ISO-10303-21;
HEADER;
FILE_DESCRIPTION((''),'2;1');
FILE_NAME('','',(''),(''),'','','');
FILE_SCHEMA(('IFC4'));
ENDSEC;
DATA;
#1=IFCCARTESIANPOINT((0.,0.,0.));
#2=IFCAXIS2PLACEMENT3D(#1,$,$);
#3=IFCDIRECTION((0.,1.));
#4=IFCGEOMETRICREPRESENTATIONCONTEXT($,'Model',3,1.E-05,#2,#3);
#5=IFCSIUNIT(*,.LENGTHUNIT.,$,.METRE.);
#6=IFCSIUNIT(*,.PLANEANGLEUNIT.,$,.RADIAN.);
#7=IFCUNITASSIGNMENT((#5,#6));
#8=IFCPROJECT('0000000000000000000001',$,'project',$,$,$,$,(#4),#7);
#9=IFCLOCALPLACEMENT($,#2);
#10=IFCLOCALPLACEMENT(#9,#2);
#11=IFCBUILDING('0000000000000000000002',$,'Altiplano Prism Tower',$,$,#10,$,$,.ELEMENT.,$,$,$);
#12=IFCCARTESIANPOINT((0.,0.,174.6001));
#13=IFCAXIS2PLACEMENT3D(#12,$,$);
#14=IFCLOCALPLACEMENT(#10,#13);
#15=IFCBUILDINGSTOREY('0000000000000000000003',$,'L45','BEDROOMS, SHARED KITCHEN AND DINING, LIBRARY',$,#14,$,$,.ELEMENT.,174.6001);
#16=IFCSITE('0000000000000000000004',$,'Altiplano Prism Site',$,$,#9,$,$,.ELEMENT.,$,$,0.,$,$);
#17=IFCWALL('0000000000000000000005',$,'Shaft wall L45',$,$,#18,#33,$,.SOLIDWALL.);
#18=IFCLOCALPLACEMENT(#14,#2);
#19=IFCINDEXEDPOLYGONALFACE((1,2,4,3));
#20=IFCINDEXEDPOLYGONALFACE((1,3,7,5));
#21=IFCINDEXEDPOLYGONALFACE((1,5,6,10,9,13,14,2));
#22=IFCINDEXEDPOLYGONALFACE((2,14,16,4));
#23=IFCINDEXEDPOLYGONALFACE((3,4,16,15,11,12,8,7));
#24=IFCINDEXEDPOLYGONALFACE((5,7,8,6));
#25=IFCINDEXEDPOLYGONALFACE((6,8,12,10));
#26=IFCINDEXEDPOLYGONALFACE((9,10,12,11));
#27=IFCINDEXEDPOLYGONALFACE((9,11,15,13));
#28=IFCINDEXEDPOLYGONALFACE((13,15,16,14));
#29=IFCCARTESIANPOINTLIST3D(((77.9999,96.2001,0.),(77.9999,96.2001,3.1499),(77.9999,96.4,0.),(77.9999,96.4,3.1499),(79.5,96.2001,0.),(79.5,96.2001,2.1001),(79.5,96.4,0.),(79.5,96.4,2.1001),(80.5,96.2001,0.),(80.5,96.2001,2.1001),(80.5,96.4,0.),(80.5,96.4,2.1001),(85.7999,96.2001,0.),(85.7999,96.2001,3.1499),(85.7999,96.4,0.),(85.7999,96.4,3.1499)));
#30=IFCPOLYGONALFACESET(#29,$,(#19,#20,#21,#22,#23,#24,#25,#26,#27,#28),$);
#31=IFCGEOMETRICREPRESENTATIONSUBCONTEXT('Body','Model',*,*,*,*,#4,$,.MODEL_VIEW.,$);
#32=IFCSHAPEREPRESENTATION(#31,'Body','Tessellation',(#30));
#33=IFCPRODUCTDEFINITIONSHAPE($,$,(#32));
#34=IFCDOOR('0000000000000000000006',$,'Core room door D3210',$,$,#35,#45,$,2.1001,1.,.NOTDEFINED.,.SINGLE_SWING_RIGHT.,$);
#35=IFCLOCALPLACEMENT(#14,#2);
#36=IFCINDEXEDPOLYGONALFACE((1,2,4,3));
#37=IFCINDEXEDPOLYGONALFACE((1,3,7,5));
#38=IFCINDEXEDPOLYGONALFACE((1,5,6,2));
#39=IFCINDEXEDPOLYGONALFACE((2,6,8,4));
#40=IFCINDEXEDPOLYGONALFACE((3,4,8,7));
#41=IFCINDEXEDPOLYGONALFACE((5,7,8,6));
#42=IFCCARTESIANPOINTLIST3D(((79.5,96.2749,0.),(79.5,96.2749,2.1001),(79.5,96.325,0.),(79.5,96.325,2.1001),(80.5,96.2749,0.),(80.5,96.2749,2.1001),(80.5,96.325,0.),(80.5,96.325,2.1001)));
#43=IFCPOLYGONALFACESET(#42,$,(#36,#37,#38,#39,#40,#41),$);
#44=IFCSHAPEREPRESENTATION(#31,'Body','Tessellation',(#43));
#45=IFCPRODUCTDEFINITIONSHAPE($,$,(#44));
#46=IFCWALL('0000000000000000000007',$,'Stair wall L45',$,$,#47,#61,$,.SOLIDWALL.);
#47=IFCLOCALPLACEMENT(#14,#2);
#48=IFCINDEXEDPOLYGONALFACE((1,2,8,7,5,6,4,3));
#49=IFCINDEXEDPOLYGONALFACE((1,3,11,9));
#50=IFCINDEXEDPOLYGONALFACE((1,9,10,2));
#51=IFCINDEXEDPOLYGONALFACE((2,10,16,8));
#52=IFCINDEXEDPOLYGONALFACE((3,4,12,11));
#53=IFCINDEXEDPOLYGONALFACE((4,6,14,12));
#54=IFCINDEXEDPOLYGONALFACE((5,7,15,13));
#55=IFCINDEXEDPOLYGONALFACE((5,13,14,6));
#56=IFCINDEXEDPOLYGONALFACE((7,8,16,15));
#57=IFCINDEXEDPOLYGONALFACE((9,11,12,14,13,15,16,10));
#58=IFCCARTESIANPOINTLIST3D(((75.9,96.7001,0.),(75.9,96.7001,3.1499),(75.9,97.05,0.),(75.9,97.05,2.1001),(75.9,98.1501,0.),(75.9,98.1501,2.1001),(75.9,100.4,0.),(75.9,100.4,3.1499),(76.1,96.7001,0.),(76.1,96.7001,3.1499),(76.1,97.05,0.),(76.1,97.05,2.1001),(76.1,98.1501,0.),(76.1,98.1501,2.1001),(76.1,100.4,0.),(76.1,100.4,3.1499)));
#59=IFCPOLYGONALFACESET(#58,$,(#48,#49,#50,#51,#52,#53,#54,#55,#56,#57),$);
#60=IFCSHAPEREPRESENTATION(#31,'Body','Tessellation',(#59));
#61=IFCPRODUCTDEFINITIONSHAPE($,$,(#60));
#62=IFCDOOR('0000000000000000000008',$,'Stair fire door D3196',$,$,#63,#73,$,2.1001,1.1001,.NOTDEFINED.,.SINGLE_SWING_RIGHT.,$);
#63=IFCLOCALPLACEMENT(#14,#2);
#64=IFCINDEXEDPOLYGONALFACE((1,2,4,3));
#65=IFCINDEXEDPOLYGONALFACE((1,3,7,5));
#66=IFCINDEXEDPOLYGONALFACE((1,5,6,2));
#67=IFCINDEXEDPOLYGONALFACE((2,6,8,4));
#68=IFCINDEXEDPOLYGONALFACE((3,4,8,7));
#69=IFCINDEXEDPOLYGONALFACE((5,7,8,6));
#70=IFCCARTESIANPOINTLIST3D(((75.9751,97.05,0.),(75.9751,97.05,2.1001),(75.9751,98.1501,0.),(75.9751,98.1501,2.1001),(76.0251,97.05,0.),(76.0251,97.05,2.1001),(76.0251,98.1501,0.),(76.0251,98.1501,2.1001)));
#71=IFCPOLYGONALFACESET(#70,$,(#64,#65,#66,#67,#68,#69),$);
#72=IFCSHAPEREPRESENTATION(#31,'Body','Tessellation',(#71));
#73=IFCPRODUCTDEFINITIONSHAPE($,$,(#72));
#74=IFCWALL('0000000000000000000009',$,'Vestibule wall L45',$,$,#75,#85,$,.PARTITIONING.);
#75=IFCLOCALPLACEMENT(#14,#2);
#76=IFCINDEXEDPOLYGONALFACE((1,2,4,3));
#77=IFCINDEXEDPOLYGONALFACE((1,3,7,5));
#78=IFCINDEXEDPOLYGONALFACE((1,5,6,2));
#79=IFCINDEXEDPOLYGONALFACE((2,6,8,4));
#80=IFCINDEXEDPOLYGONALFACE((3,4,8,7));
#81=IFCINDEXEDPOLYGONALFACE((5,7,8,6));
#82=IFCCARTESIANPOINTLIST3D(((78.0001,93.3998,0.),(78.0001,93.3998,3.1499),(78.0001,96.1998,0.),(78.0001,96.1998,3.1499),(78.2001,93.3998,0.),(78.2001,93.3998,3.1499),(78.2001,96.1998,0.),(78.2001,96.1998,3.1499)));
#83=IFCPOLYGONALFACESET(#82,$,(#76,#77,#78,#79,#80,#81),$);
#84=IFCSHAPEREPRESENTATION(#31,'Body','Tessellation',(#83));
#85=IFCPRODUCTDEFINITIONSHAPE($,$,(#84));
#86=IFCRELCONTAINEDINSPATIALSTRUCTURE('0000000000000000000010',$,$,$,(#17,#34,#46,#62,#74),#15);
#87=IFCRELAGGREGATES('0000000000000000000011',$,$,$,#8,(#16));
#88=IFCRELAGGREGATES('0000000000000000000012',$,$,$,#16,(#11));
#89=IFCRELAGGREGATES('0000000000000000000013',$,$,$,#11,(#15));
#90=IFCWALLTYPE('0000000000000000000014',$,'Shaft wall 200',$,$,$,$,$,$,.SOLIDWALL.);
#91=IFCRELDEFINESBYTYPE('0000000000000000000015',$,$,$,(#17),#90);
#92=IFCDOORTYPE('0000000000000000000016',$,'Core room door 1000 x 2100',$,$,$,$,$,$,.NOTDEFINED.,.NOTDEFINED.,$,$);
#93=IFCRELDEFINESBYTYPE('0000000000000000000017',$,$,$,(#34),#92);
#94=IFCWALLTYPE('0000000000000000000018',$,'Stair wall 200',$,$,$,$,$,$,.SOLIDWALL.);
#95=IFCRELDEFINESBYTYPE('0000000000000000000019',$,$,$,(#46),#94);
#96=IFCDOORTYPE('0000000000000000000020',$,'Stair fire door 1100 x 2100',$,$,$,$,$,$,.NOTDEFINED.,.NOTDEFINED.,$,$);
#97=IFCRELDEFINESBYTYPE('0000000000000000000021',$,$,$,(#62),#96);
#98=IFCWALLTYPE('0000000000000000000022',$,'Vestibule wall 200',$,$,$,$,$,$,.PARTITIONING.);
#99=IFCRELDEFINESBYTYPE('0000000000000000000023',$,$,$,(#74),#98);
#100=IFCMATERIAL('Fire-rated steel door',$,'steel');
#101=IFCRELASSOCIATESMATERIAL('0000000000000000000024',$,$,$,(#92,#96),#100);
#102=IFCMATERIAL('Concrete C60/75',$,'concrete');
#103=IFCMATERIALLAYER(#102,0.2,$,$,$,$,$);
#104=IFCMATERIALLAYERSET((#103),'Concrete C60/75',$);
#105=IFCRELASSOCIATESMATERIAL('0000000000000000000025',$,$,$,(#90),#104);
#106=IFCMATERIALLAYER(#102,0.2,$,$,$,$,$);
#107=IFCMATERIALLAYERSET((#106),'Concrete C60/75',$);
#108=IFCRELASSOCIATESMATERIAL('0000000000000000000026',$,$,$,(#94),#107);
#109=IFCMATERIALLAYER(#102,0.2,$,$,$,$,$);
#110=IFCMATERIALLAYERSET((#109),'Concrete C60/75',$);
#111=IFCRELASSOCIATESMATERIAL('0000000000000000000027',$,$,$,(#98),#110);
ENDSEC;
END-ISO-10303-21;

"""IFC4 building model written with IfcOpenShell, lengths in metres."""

from ifc_helpers import new_model, si_unit, direction, frame, frame_2d, origin, place, context, subcontext, project, spatial, rectangle, extrude, material, layer, layer_set, type_object, element, fill, save


model = new_model("IFC4")

# Units and contexts
model_context = context("Model", 3, precision=1e-05, world=origin(), true_north=direction((0.0, 1.0)))
body_context = subcontext(model_context, "Body", "Model", "MODEL_VIEW")
ifc_project = project(units=[si_unit("LENGTHUNIT", "METRE"), si_unit("PLANEANGLEUNIT", "RADIAN")], contexts=[model_context])

# Site, building, storey
site_placement = place(None, origin())
site = spatial("IfcSite", under=ifc_project, at=site_placement, Name="Altiplano Prism Site", CompositionType="ELEMENT", RefElevation=0.0)
building_placement = place(site_placement, origin())
building = spatial("IfcBuilding", under=site, at=building_placement, Name="Altiplano Prism Tower", CompositionType="ELEMENT")
storey_placement = place(building_placement, frame((0.0, 0.0, 174.6001)))
storey = spatial("IfcBuildingStorey", under=building, at=storey_placement, Name="L45", Description="BEDROOMS, SHARED KITCHEN AND DINING, LIBRARY", CompositionType="ELEMENT", Elevation=174.6001)

# Shared definitions
ifc_material_1 = material(Name="Concrete C60/75", Category="concrete")

# Shared definitions
ifc_material_2 = material(Name="Fire-rated steel door", Category="steel")
door_type_1 = type_object("IfcDoorType", Name="Core room door 1000 x 2100", OperationType="NOTDEFINED", PredefinedType="NOTDEFINED", material=ifc_material_2)

# Walls, openings, doors
ifc_layer_1 = layer(ifc_material_1, 0.2)
ifc_layer_set_1 = layer_set([ifc_layer_1], Name="Concrete C60/75")
wall_type_1 = type_object("IfcWallType", Name="Shaft wall 200", PredefinedType="SOLIDWALL", material=ifc_layer_set_1)
wall_1_placement = place(storey_placement, frame((78.0, 96.3, 0.0), z_axis=(0.0, 0.0, 1.0), x_axis=(1.0, 0.0, 0.0)))
wall_1 = element("IfcWall", 1, at=wall_1_placement, inside=storey, type_object=wall_type_1, Name="Shaft wall L45", PredefinedType="SOLIDWALL", context=body_context, shape_type="SweptSolid", body=[
    extrude(rectangle(XDim=7.8, YDim=0.2, at=frame_2d((3.8999, 0.0))), origin(), (0.0, 0.0, 1.0), 3.1499),
])
opening_1_placement = place(wall_1_placement, frame((1.5, 0.0, 0.0)))
opening_1 = element("IfcOpeningElement", 2, at=opening_1_placement, cuts=wall_1, PredefinedType="OPENING", context=body_context, shape_type="SweptSolid", body=[
    extrude(rectangle(XDim=1.0, YDim=2.1001, at=frame_2d((0.5, 1.05))), frame((0.0, 0.1104, 0.0), z_axis=(0.0, -1.0, 0.0), x_axis=(1.0, 0.0, 0.0)), (0.0, 0.0, 1.0), 0.2209),
])
door_1_placement = place(opening_1_placement, origin())
door_1 = element("IfcDoor", 3, at=door_1_placement, inside=storey, type_object=door_type_1, Name="Core room door D3210", OperationType="SINGLE_SWING_RIGHT", OverallHeight=2.1001, OverallWidth=1.0, PredefinedType="NOTDEFINED", context=body_context, shape_type="SweptSolid", body=[
    extrude(rectangle(XDim=1.0, YDim=2.1001, at=frame_2d((0.5, 1.05))), frame((0.0, 0.0249, 0.0), z_axis=(0.0, -1.0, 0.0), x_axis=(1.0, 0.0, 0.0)), (0.0, 0.0, 1.0), 0.05),
])
fill(opening_1, door_1)
ifc_layer_2 = layer(ifc_material_1, 0.2)
ifc_layer_set_2 = layer_set([ifc_layer_2], Name="Concrete C60/75")
wall_type_2 = type_object("IfcWallType", Name="Stair wall 200", PredefinedType="SOLIDWALL", material=ifc_layer_set_2)
wall_2_placement = place(storey_placement, frame((76.0, 96.7, 0.0), z_axis=(0.0, 0.0, 1.0), x_axis=(0.0, 1.0, 0.0)))
wall_2 = element("IfcWall", 4, at=wall_2_placement, inside=storey, type_object=wall_type_2, Name="Stair wall L45", PredefinedType="SOLIDWALL", context=body_context, shape_type="SweptSolid", body=[
    extrude(rectangle(XDim=3.7, YDim=0.2, at=frame_2d((1.8501, 0.0))), origin(), (0.0, 0.0, 1.0), 3.1499),
])
opening_2_placement = place(wall_2_placement, frame((0.3501, 0.0, 0.0)))
opening_2 = element("IfcOpeningElement", 5, at=opening_2_placement, cuts=wall_2, PredefinedType="OPENING", context=body_context, shape_type="SweptSolid", body=[
    extrude(rectangle(XDim=1.1001, YDim=2.1001, at=frame_2d((0.55, 1.05))), frame((0.0, 0.1104, 0.0), z_axis=(0.0, -1.0, 0.0), x_axis=(1.0, 0.0, 0.0)), (0.0, 0.0, 1.0), 0.2209),
])
door_type_2 = type_object("IfcDoorType", Name="Stair fire door 1100 x 2100", OperationType="NOTDEFINED", PredefinedType="NOTDEFINED", material=ifc_material_2)
door_2_placement = place(opening_2_placement, origin())
door_2 = element("IfcDoor", 6, at=door_2_placement, inside=storey, type_object=door_type_2, Name="Stair fire door D3196", OperationType="SINGLE_SWING_RIGHT", OverallHeight=2.1001, OverallWidth=1.1001, PredefinedType="NOTDEFINED", context=body_context, shape_type="SweptSolid", body=[
    extrude(rectangle(XDim=1.1001, YDim=2.1001, at=frame_2d((0.55, 1.05))), frame((0.0, 0.0249, 0.0), z_axis=(0.0, -1.0, 0.0), x_axis=(1.0, 0.0, 0.0)), (0.0, 0.0, 1.0), 0.05),
])
fill(opening_2, door_2)

# Wall
ifc_layer_3 = layer(ifc_material_1, 0.2)
ifc_layer_set_3 = layer_set([ifc_layer_3], Name="Concrete C60/75")
wall_type_3 = type_object("IfcWallType", Name="Vestibule wall 200", PredefinedType="PARTITIONING", material=ifc_layer_set_3)
wall_3_placement = place(storey_placement, frame((78.1001, 93.3999, 0.0), z_axis=(0.0, 0.0, 1.0), x_axis=(0.0, 1.0, 0.0)))
element("IfcWall", 7, at=wall_3_placement, inside=storey, type_object=wall_type_3, Name="Vestibule wall L45", PredefinedType="PARTITIONING", context=body_context, shape_type="SweptSolid", body=[
    extrude(rectangle(XDim=2.8, YDim=0.2, at=frame_2d((1.3999, 0.0))), origin(), (0.0, 0.0, 1.0), 3.1499),
])

save(model, "model.ifc")
